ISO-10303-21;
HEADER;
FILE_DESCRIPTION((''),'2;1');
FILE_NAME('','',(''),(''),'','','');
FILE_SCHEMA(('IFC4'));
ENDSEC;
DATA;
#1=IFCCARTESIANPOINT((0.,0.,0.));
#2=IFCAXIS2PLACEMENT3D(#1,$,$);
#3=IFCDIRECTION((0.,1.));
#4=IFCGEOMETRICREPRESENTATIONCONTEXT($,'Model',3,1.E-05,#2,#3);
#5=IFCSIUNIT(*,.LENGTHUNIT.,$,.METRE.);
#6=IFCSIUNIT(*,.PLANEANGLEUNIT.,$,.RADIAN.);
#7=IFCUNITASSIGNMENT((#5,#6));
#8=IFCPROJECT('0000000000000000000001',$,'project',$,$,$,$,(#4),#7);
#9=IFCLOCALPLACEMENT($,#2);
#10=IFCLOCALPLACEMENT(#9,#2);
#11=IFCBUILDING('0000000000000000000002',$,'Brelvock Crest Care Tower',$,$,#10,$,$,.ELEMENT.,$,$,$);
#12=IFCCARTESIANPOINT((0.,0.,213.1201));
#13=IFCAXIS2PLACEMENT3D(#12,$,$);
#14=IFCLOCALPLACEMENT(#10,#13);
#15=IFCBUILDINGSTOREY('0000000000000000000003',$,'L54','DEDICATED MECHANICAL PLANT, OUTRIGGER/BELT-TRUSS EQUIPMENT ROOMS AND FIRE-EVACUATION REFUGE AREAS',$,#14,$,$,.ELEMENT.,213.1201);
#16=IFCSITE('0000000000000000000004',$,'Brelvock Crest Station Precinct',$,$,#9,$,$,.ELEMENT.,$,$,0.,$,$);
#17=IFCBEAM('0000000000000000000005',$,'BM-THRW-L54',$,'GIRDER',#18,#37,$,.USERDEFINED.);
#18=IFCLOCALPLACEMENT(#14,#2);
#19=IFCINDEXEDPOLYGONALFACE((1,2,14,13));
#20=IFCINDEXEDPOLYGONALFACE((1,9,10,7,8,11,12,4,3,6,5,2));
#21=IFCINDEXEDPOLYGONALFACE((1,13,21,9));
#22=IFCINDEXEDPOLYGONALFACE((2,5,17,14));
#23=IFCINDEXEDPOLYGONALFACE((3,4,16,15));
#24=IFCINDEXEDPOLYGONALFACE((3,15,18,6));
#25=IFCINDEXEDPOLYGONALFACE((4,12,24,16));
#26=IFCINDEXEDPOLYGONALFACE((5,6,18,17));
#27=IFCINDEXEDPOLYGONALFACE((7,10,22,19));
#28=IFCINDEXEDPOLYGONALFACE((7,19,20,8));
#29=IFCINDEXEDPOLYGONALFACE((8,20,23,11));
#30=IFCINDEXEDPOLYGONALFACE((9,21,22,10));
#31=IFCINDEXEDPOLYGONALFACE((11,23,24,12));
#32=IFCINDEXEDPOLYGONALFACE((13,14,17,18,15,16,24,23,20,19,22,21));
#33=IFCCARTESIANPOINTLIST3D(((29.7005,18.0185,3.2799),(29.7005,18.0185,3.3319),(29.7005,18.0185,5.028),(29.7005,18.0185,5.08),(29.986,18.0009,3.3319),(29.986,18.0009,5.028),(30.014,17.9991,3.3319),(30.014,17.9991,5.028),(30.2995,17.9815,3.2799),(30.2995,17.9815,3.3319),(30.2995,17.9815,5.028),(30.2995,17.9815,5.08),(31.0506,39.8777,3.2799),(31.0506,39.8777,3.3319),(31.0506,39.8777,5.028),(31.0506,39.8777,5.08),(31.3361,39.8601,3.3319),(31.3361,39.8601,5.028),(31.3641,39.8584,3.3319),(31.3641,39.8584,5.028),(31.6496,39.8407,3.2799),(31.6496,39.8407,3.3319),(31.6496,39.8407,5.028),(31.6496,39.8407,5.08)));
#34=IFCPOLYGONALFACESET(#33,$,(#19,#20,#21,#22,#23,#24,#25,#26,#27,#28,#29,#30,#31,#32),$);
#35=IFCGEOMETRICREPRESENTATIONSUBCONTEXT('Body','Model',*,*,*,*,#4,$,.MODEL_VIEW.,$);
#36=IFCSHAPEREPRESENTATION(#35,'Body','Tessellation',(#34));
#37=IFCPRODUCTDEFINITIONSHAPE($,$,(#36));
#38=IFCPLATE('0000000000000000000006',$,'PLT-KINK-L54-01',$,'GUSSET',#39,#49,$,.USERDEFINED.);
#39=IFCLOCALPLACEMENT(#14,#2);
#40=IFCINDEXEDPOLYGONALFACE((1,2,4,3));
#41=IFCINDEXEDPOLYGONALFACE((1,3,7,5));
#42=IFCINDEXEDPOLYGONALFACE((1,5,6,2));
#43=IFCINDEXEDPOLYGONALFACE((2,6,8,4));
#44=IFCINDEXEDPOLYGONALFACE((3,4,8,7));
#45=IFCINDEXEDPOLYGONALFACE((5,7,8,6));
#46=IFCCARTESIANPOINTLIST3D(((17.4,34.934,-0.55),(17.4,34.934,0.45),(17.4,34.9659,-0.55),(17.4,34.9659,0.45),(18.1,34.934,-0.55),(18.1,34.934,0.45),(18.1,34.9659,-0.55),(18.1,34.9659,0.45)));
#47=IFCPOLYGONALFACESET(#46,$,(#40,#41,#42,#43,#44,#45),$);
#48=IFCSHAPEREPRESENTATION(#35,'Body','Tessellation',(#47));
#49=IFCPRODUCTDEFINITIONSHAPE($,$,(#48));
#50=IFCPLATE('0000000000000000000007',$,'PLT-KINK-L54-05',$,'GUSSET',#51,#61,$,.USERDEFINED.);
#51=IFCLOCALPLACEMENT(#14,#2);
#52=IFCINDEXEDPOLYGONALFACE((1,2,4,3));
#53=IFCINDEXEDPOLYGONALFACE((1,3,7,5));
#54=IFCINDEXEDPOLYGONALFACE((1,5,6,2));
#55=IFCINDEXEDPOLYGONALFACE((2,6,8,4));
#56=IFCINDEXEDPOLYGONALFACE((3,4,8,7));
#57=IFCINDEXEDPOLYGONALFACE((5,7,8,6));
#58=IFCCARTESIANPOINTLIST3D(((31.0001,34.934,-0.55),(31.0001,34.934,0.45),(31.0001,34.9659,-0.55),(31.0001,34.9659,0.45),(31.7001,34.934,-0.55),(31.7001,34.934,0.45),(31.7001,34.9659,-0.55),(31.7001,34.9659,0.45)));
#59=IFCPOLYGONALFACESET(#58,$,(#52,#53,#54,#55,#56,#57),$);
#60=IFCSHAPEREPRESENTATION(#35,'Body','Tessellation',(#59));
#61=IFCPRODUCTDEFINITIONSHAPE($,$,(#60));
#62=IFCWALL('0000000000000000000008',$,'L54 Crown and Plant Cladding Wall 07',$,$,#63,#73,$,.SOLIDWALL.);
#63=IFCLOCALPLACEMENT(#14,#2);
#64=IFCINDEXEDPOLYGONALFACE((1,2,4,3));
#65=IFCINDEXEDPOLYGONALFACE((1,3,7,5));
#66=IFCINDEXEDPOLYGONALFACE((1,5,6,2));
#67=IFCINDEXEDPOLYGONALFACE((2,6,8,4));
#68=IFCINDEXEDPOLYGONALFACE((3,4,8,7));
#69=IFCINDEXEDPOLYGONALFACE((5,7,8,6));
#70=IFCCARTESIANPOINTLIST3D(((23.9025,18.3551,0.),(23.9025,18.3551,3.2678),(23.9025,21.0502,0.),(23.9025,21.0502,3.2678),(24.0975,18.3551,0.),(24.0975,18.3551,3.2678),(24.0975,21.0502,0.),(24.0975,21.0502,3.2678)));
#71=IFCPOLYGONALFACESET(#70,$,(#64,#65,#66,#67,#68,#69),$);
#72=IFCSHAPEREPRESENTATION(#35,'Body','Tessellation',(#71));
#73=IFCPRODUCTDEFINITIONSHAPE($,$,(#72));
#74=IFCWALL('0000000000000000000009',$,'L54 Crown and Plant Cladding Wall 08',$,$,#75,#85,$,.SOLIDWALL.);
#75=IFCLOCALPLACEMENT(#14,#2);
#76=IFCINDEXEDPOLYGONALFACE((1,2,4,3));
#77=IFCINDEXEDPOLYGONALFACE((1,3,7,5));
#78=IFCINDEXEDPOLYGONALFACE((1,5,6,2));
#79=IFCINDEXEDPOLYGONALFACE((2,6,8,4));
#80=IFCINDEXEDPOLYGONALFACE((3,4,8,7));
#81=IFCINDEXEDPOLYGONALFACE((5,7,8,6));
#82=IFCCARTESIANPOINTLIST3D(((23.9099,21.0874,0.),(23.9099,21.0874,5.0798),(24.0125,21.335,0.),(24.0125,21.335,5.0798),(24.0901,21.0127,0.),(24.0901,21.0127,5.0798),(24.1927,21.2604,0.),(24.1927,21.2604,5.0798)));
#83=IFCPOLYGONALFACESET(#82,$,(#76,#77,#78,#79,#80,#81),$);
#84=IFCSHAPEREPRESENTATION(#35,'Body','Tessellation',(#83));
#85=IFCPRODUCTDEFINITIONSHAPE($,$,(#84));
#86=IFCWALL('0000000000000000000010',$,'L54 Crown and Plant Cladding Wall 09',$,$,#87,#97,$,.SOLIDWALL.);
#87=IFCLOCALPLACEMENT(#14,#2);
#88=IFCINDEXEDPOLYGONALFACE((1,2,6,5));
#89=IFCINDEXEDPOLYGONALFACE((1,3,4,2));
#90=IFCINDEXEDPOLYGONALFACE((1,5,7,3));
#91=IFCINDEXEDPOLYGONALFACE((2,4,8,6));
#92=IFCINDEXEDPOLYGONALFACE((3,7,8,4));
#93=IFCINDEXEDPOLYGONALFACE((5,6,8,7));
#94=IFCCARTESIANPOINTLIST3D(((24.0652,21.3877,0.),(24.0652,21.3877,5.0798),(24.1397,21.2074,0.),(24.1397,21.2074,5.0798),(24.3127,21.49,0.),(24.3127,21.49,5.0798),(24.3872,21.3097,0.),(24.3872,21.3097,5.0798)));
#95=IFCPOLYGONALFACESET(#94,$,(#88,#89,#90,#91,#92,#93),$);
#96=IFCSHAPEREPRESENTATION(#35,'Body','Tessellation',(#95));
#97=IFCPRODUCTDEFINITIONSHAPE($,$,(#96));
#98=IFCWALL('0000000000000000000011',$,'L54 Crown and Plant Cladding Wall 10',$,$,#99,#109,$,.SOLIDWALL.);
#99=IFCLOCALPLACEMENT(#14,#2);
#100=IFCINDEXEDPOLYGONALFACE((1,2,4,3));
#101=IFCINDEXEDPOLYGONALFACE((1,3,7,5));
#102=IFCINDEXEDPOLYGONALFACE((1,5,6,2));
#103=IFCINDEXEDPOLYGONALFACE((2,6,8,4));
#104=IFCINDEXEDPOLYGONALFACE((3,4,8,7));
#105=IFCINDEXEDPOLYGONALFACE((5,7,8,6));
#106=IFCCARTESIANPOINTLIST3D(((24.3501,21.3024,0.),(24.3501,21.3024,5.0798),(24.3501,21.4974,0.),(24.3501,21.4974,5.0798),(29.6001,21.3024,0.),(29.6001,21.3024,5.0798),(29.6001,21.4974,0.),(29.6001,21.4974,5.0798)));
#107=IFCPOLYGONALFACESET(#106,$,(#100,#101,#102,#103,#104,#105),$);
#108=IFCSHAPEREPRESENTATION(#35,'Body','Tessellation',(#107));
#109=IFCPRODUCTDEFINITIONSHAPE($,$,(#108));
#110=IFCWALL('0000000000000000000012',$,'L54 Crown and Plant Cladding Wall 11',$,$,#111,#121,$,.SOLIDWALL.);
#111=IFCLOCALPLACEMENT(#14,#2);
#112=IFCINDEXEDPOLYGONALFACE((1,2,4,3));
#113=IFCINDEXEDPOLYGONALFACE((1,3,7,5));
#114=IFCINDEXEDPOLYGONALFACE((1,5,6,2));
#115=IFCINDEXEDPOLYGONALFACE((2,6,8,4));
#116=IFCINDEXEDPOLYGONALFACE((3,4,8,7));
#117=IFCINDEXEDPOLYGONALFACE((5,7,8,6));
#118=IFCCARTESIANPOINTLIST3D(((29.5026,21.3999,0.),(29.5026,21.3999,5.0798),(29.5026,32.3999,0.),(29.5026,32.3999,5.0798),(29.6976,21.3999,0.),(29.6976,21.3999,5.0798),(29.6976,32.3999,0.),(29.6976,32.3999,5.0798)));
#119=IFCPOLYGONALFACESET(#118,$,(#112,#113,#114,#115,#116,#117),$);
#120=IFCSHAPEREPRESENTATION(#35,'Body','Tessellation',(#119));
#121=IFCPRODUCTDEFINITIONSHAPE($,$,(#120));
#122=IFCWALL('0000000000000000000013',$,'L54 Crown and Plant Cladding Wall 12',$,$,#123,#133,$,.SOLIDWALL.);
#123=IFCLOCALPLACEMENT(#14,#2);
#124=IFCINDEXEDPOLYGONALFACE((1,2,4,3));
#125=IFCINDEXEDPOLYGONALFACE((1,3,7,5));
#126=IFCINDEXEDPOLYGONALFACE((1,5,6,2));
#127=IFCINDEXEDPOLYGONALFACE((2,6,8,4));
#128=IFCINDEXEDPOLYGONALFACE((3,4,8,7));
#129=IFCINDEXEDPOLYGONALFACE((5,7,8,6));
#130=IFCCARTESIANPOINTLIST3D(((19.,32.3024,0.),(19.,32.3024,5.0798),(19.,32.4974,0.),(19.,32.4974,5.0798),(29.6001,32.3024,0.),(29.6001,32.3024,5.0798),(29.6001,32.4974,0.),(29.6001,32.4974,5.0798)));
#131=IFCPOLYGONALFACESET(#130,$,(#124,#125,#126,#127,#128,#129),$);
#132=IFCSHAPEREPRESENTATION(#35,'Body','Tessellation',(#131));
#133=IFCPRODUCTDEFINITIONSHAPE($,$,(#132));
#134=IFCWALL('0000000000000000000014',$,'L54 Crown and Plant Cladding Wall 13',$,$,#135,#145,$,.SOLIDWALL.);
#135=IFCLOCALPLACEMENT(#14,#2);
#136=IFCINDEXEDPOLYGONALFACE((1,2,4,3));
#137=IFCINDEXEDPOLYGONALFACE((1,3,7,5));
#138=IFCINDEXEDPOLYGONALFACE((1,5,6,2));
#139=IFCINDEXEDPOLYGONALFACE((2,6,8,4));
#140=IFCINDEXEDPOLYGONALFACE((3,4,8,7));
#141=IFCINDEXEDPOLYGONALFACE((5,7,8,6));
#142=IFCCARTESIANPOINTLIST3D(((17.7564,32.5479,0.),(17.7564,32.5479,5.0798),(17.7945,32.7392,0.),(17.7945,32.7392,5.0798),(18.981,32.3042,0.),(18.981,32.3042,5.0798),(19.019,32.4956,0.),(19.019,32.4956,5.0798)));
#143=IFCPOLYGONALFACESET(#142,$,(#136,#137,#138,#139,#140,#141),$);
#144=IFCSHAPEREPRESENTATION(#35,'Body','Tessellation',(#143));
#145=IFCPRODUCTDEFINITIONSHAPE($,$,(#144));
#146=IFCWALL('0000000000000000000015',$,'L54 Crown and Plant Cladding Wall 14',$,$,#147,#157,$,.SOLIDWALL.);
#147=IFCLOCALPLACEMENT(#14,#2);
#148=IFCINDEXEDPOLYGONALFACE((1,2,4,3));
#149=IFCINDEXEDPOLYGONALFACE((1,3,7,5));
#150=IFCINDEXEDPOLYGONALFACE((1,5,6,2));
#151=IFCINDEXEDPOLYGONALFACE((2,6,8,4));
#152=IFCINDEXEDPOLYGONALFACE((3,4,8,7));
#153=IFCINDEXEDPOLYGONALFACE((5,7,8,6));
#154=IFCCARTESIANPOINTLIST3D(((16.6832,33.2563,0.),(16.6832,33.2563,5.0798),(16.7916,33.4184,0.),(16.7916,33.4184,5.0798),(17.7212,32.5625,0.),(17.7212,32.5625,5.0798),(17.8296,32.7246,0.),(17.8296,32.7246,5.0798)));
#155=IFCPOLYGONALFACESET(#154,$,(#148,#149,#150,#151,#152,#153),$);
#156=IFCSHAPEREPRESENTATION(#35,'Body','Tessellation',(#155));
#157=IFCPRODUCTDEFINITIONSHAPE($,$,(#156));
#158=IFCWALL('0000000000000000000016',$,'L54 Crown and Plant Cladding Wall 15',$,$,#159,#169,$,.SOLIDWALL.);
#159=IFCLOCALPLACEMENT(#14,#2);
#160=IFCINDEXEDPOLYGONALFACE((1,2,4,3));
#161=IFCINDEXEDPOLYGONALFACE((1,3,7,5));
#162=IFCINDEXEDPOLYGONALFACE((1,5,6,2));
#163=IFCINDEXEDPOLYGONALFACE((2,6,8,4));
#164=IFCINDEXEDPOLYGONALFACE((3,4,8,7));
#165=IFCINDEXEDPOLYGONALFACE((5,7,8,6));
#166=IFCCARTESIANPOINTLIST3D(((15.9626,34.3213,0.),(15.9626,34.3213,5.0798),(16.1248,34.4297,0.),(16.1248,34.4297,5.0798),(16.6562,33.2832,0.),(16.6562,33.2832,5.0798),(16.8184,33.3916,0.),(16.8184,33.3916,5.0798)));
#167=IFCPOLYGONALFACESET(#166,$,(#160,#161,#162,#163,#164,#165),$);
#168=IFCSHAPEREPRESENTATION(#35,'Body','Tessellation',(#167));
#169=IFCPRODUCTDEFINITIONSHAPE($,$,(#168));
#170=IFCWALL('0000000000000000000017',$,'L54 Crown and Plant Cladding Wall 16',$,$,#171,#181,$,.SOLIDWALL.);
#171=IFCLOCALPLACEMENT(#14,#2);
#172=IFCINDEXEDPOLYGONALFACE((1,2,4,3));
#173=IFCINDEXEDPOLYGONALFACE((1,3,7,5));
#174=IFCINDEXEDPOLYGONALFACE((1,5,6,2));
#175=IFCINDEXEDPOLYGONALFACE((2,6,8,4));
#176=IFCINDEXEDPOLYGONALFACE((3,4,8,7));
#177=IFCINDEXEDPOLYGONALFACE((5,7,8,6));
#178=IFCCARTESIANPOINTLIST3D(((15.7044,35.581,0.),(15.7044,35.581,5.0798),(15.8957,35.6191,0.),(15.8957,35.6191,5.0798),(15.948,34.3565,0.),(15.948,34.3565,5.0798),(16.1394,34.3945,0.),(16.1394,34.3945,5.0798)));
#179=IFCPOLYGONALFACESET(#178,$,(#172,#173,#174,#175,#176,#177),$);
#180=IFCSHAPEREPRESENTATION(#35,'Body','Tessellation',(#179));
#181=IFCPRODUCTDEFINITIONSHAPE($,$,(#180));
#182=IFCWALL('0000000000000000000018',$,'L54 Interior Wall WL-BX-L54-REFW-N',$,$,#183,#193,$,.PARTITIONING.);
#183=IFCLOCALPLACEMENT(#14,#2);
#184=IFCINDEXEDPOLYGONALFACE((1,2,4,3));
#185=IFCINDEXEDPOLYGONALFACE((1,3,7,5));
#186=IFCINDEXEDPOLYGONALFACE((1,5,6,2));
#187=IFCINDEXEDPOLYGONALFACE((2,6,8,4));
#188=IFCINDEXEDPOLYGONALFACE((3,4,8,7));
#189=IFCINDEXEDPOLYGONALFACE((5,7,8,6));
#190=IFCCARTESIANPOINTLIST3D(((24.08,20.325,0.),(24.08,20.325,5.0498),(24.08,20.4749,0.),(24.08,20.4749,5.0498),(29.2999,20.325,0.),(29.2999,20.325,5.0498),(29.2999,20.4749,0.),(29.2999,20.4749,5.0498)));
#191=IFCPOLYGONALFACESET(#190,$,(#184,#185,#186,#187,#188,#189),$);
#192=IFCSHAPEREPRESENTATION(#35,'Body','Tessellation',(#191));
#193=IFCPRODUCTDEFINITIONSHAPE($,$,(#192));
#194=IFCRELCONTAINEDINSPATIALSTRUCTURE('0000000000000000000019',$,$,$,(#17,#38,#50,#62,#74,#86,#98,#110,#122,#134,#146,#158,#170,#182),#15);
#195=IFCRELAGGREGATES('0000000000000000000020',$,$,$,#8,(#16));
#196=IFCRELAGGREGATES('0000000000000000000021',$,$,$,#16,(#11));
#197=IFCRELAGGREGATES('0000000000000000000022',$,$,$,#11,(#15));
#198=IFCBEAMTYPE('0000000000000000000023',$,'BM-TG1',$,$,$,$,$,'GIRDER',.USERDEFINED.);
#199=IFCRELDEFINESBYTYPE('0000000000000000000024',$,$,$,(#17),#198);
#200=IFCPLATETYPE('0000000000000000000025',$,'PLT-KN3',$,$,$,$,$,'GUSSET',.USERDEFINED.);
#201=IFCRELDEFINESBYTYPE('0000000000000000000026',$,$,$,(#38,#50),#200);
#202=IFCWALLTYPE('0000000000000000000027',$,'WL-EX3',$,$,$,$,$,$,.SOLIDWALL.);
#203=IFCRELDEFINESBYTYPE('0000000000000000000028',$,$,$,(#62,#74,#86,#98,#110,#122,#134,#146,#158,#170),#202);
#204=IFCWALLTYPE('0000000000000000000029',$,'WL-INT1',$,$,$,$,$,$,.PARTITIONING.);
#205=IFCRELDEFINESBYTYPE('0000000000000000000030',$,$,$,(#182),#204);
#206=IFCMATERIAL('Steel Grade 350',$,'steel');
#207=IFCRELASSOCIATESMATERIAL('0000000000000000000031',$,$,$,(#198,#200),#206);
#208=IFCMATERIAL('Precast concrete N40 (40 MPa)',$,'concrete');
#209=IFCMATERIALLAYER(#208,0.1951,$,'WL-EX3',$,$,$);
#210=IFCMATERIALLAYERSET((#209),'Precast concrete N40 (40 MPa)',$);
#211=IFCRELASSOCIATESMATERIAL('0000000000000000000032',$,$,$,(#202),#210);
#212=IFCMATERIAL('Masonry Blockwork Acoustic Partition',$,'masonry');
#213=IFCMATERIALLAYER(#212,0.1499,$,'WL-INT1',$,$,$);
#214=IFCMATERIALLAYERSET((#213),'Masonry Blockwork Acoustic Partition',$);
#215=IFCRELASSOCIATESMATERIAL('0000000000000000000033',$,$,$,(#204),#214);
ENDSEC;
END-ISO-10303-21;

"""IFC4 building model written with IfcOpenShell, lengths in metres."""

from ifc_helpers import new_model, si_unit, direction, frame, frame_2d, origin, origin_2d, place, context, subcontext, project, spatial, rectangle, i_section, extrude, source, transform, mapped, material, layer, layer_set, material_profile, profile_set, type_object, element, save


model = new_model("IFC4")

# Units and contexts
model_context = context("Model", 3, precision=1e-05, world=origin(), true_north=direction((0.0, 1.0)))
body_context = subcontext(model_context, "Body", "Model", "MODEL_VIEW")
ifc_project = project(units=[si_unit("LENGTHUNIT", "METRE"), si_unit("PLANEANGLEUNIT", "RADIAN")], contexts=[model_context])

# Site, building, storey
site_placement = place(None, origin())
site = spatial("IfcSite", under=ifc_project, at=site_placement, Name="Brelvock Crest Station Precinct", CompositionType="ELEMENT", RefElevation=0.0)
building_placement = place(site_placement, origin())
building = spatial("IfcBuilding", under=site, at=building_placement, Name="Brelvock Crest Care Tower", CompositionType="ELEMENT")
storey_placement = place(building_placement, frame((0.0, 0.0, 213.1201)))
storey = spatial("IfcBuildingStorey", under=building, at=storey_placement, Name="L54", Description="DEDICATED MECHANICAL PLANT, OUTRIGGER/BELT-TRUSS EQUIPMENT ROOMS AND FIRE-EVACUATION REFUGE AREAS", CompositionType="ELEMENT", Elevation=213.1201)

# Beam
ifc_material_1 = material(Name="Steel Grade 350", Category="steel")
ifc_material_profile_1 = material_profile(ifc_material_1, i_section(OverallWidth=0.6001, OverallDepth=1.8, WebThickness=0.0281, FlangeThickness=0.052, at=origin_2d()), Name="1800TG740")
ifc_profile_set_1 = profile_set([ifc_material_profile_1], Name="Steel Grade 350")
beam_type = type_object("IfcBeamType", Name="BM-TG1", ElementType="GIRDER", PredefinedType="USERDEFINED", material=ifc_profile_set_1)
shared_shape_1 = source(origin(), body_context, "Body", "SweptSolid", [
    extrude(i_section(OverallWidth=0.6001, OverallDepth=1.8, WebThickness=0.0281, FlangeThickness=0.052, at=origin_2d()), origin(), (0.0, 0.0, 1.0), 21.9009),
])
beam_placement = place(storey_placement, frame((30.0, 18.0, 4.1799), z_axis=(0.061646, 0.998098, 0.0), x_axis=(-0.998098, 0.061646, 0.0)))
element("IfcBeam", 1, at=beam_placement, inside=storey, type_object=beam_type, Name="BM-THRW-L54", ObjectType="GIRDER", PredefinedType="USERDEFINED", context=body_context, shape_type="MappedRepresentation", body=[
    mapped(shared_shape_1, transform((0.0, 0.0, 0.0), x_axis=(1.0, 0.0, 0.0), y_axis=(0.0, 1.0, 0.0), z_axis=(0.0, 0.0, 1.0), scale=1.0)),
])

# Plates
plate_type = type_object("IfcPlateType", Name="PLT-KN3", ElementType="GUSSET", PredefinedType="USERDEFINED", material=ifc_material_1)
shared_shape_2 = source(origin(), body_context, "Body", "SweptSolid", [
    extrude(rectangle(XDim=0.7, YDim=0.032, at=origin_2d()), origin(), (0.0, 0.0, 1.0), 1.0),
])
for number, where, z_axis, x_axis, name in (
    (2, (17.75, 34.95, -0.55), (0.0, 0.0, 1.0), (1.0, 0.0, 0.0), "PLT-KINK-L54-01"),
    (3, (31.3501, 34.95, -0.55), (0.0, 0.0, 1.0), (1.0, 0.0, 0.0), "PLT-KINK-L54-05"),
):
    element("IfcPlate", number, at=place(storey_placement, frame(where, z_axis=z_axis, x_axis=x_axis)), inside=storey, type_object=plate_type, Name=name, ObjectType="GUSSET", PredefinedType="USERDEFINED", context=body_context, shape_type="MappedRepresentation", body=[
        mapped(shared_shape_2, transform((0.0, 0.0, 0.0), x_axis=(1.0, 0.0, 0.0), y_axis=(0.0, 1.0, 0.0), z_axis=(0.0, 0.0, 1.0), scale=1.0)),
    ])

# Walls
ifc_material_2 = material(Name="Precast concrete N40 (40 MPa)", Category="concrete")
ifc_layer_1 = layer(ifc_material_2, 0.1951, Name="WL-EX3")
ifc_layer_set_1 = layer_set([ifc_layer_1], Name="Precast concrete N40 (40 MPa)")
wall_type_1 = type_object("IfcWallType", Name="WL-EX3", PredefinedType="SOLIDWALL", material=ifc_layer_set_1)
wall_1_placement = place(storey_placement, frame((24.0, 18.355, 0.0), z_axis=(0.0, 0.0, 1.0), x_axis=(0.0, 1.0, 0.0)))
element("IfcWall", 4, at=wall_1_placement, inside=storey, type_object=wall_type_1, Name="L54 Crown and Plant Cladding Wall 07", PredefinedType="SOLIDWALL", context=body_context, shape_type="SweptSolid", body=[
    extrude(rectangle(XDim=2.6951, YDim=0.1951, at=frame_2d((1.3477, 0.0))), origin(), (0.0, 0.0, 1.0), 3.2678),
])
wall_2_placement = place(storey_placement, frame((24.0, 21.05, 0.0), z_axis=(0.0, 0.0, 1.0), x_axis=(0.382674, 0.923884, 0.0)))
element("IfcWall", 5, at=wall_2_placement, inside=storey, type_object=wall_type_1, Name="L54 Crown and Plant Cladding Wall 08", PredefinedType="SOLIDWALL", context=body_context, shape_type="SweptSolid", body=[
    extrude(rectangle(XDim=0.2681, YDim=0.1951, at=frame_2d((0.134, 0.0))), origin(), (0.0, 0.0, 1.0), 5.0798),
])
wall_3_placement = place(storey_placement, frame((24.1025, 21.2976, 0.0), z_axis=(0.0, 0.0, 1.0), x_axis=(0.924205, 0.381896, 0.0)))
element("IfcWall", 6, at=wall_3_placement, inside=storey, type_object=wall_type_1, Name="L54 Crown and Plant Cladding Wall 09", PredefinedType="SOLIDWALL", context=body_context, shape_type="SweptSolid", body=[
    extrude(rectangle(XDim=0.2678, YDim=0.1951, at=frame_2d((0.1338, 0.0))), origin(), (0.0, 0.0, 1.0), 5.0798),
])
wall_4_placement = place(storey_placement, frame((24.3501, 21.3999, 0.0), z_axis=(0.0, 0.0, 1.0), x_axis=(1.0, 0.0, 0.0)))
element("IfcWall", 7, at=wall_4_placement, inside=storey, type_object=wall_type_1, Name="L54 Crown and Plant Cladding Wall 10", PredefinedType="SOLIDWALL", context=body_context, shape_type="SweptSolid", body=[
    extrude(rectangle(XDim=5.25, YDim=0.1951, at=frame_2d((2.625, 0.0))), origin(), (0.0, 0.0, 1.0), 5.0798),
])
wall_5_placement = place(storey_placement, frame((29.6001, 21.3999, 0.0), z_axis=(0.0, 0.0, 1.0), x_axis=(0.0, 1.0, 0.0)))
element("IfcWall", 8, at=wall_5_placement, inside=storey, type_object=wall_type_1, Name="L54 Crown and Plant Cladding Wall 11", PredefinedType="SOLIDWALL", context=body_context, shape_type="SweptSolid", body=[
    extrude(rectangle(XDim=11.0, YDim=0.1951, at=frame_2d((5.5, 0.0))), origin(), (0.0, 0.0, 1.0), 5.0798),
])
wall_6_placement = place(storey_placement, frame((29.6001, 32.3999, 0.0), z_axis=(0.0, 0.0, 1.0), x_axis=(-1.0, 0.0, 0.0)))
element("IfcWall", 9, at=wall_6_placement, inside=storey, type_object=wall_type_1, Name="L54 Crown and Plant Cladding Wall 12", PredefinedType="SOLIDWALL", context=body_context, shape_type="SweptSolid", body=[
    extrude(rectangle(XDim=10.6001, YDim=0.1951, at=frame_2d((5.3, 0.0))), origin(), (0.0, 0.0, 1.0), 5.0798),
])
for number, where, z_axis, x_axis, name in (
    (10, (19.0, 32.3999, 0.0), (0.0, 0.0, 1.0), (-0.980776, 0.195138, 0.0), "L54 Crown and Plant Cladding Wall 13"),
    (11, (17.7754, 32.6436, 0.0), (0.0, 0.0, 1.0), (-0.831388, 0.555692, 0.0), "L54 Crown and Plant Cladding Wall 14"),
    (12, (16.7373, 33.3374, 0.0), (0.0, 0.0, 1.0), (-0.555557, 0.831478, 0.0), "L54 Crown and Plant Cladding Wall 15"),
    (13, (16.0437, 34.3755, 0.0), (0.0, 0.0, 1.0), (-0.195138, 0.980776, 0.0), "L54 Crown and Plant Cladding Wall 16"),
):
    element("IfcWall", number, at=place(storey_placement, frame(where, z_axis=z_axis, x_axis=x_axis)), inside=storey, type_object=wall_type_1, Name=name, PredefinedType="SOLIDWALL", context=body_context, shape_type="SweptSolid", body=[
        extrude(rectangle(XDim=1.2485, YDim=0.1951, at=frame_2d((0.6243, 0.0))), origin(), (0.0, 0.0, 1.0), 5.0798),
    ])
ifc_material_3 = material(Name="Masonry Blockwork Acoustic Partition", Category="masonry")
ifc_layer_2 = layer(ifc_material_3, 0.1499, Name="WL-INT1")
ifc_layer_set_2 = layer_set([ifc_layer_2], Name="Masonry Blockwork Acoustic Partition")
wall_type_2 = type_object("IfcWallType", Name="WL-INT1", PredefinedType="PARTITIONING", material=ifc_layer_set_2)
wall_7_placement = place(storey_placement, frame((24.0801, 20.3999, 0.0), z_axis=(0.0, 0.0, 1.0), x_axis=(1.0, 0.0, 0.0)))
element("IfcWall", 14, at=wall_7_placement, inside=storey, type_object=wall_type_2, Name="L54 Interior Wall WL-BX-L54-REFW-N", PredefinedType="PARTITIONING", context=body_context, shape_type="SweptSolid", body=[
    extrude(rectangle(XDim=5.22, YDim=0.1499, at=frame_2d((2.6099, 0.0))), origin(), (0.0, 0.0, 1.0), 5.0498),
])

save(model, "model.ifc")
